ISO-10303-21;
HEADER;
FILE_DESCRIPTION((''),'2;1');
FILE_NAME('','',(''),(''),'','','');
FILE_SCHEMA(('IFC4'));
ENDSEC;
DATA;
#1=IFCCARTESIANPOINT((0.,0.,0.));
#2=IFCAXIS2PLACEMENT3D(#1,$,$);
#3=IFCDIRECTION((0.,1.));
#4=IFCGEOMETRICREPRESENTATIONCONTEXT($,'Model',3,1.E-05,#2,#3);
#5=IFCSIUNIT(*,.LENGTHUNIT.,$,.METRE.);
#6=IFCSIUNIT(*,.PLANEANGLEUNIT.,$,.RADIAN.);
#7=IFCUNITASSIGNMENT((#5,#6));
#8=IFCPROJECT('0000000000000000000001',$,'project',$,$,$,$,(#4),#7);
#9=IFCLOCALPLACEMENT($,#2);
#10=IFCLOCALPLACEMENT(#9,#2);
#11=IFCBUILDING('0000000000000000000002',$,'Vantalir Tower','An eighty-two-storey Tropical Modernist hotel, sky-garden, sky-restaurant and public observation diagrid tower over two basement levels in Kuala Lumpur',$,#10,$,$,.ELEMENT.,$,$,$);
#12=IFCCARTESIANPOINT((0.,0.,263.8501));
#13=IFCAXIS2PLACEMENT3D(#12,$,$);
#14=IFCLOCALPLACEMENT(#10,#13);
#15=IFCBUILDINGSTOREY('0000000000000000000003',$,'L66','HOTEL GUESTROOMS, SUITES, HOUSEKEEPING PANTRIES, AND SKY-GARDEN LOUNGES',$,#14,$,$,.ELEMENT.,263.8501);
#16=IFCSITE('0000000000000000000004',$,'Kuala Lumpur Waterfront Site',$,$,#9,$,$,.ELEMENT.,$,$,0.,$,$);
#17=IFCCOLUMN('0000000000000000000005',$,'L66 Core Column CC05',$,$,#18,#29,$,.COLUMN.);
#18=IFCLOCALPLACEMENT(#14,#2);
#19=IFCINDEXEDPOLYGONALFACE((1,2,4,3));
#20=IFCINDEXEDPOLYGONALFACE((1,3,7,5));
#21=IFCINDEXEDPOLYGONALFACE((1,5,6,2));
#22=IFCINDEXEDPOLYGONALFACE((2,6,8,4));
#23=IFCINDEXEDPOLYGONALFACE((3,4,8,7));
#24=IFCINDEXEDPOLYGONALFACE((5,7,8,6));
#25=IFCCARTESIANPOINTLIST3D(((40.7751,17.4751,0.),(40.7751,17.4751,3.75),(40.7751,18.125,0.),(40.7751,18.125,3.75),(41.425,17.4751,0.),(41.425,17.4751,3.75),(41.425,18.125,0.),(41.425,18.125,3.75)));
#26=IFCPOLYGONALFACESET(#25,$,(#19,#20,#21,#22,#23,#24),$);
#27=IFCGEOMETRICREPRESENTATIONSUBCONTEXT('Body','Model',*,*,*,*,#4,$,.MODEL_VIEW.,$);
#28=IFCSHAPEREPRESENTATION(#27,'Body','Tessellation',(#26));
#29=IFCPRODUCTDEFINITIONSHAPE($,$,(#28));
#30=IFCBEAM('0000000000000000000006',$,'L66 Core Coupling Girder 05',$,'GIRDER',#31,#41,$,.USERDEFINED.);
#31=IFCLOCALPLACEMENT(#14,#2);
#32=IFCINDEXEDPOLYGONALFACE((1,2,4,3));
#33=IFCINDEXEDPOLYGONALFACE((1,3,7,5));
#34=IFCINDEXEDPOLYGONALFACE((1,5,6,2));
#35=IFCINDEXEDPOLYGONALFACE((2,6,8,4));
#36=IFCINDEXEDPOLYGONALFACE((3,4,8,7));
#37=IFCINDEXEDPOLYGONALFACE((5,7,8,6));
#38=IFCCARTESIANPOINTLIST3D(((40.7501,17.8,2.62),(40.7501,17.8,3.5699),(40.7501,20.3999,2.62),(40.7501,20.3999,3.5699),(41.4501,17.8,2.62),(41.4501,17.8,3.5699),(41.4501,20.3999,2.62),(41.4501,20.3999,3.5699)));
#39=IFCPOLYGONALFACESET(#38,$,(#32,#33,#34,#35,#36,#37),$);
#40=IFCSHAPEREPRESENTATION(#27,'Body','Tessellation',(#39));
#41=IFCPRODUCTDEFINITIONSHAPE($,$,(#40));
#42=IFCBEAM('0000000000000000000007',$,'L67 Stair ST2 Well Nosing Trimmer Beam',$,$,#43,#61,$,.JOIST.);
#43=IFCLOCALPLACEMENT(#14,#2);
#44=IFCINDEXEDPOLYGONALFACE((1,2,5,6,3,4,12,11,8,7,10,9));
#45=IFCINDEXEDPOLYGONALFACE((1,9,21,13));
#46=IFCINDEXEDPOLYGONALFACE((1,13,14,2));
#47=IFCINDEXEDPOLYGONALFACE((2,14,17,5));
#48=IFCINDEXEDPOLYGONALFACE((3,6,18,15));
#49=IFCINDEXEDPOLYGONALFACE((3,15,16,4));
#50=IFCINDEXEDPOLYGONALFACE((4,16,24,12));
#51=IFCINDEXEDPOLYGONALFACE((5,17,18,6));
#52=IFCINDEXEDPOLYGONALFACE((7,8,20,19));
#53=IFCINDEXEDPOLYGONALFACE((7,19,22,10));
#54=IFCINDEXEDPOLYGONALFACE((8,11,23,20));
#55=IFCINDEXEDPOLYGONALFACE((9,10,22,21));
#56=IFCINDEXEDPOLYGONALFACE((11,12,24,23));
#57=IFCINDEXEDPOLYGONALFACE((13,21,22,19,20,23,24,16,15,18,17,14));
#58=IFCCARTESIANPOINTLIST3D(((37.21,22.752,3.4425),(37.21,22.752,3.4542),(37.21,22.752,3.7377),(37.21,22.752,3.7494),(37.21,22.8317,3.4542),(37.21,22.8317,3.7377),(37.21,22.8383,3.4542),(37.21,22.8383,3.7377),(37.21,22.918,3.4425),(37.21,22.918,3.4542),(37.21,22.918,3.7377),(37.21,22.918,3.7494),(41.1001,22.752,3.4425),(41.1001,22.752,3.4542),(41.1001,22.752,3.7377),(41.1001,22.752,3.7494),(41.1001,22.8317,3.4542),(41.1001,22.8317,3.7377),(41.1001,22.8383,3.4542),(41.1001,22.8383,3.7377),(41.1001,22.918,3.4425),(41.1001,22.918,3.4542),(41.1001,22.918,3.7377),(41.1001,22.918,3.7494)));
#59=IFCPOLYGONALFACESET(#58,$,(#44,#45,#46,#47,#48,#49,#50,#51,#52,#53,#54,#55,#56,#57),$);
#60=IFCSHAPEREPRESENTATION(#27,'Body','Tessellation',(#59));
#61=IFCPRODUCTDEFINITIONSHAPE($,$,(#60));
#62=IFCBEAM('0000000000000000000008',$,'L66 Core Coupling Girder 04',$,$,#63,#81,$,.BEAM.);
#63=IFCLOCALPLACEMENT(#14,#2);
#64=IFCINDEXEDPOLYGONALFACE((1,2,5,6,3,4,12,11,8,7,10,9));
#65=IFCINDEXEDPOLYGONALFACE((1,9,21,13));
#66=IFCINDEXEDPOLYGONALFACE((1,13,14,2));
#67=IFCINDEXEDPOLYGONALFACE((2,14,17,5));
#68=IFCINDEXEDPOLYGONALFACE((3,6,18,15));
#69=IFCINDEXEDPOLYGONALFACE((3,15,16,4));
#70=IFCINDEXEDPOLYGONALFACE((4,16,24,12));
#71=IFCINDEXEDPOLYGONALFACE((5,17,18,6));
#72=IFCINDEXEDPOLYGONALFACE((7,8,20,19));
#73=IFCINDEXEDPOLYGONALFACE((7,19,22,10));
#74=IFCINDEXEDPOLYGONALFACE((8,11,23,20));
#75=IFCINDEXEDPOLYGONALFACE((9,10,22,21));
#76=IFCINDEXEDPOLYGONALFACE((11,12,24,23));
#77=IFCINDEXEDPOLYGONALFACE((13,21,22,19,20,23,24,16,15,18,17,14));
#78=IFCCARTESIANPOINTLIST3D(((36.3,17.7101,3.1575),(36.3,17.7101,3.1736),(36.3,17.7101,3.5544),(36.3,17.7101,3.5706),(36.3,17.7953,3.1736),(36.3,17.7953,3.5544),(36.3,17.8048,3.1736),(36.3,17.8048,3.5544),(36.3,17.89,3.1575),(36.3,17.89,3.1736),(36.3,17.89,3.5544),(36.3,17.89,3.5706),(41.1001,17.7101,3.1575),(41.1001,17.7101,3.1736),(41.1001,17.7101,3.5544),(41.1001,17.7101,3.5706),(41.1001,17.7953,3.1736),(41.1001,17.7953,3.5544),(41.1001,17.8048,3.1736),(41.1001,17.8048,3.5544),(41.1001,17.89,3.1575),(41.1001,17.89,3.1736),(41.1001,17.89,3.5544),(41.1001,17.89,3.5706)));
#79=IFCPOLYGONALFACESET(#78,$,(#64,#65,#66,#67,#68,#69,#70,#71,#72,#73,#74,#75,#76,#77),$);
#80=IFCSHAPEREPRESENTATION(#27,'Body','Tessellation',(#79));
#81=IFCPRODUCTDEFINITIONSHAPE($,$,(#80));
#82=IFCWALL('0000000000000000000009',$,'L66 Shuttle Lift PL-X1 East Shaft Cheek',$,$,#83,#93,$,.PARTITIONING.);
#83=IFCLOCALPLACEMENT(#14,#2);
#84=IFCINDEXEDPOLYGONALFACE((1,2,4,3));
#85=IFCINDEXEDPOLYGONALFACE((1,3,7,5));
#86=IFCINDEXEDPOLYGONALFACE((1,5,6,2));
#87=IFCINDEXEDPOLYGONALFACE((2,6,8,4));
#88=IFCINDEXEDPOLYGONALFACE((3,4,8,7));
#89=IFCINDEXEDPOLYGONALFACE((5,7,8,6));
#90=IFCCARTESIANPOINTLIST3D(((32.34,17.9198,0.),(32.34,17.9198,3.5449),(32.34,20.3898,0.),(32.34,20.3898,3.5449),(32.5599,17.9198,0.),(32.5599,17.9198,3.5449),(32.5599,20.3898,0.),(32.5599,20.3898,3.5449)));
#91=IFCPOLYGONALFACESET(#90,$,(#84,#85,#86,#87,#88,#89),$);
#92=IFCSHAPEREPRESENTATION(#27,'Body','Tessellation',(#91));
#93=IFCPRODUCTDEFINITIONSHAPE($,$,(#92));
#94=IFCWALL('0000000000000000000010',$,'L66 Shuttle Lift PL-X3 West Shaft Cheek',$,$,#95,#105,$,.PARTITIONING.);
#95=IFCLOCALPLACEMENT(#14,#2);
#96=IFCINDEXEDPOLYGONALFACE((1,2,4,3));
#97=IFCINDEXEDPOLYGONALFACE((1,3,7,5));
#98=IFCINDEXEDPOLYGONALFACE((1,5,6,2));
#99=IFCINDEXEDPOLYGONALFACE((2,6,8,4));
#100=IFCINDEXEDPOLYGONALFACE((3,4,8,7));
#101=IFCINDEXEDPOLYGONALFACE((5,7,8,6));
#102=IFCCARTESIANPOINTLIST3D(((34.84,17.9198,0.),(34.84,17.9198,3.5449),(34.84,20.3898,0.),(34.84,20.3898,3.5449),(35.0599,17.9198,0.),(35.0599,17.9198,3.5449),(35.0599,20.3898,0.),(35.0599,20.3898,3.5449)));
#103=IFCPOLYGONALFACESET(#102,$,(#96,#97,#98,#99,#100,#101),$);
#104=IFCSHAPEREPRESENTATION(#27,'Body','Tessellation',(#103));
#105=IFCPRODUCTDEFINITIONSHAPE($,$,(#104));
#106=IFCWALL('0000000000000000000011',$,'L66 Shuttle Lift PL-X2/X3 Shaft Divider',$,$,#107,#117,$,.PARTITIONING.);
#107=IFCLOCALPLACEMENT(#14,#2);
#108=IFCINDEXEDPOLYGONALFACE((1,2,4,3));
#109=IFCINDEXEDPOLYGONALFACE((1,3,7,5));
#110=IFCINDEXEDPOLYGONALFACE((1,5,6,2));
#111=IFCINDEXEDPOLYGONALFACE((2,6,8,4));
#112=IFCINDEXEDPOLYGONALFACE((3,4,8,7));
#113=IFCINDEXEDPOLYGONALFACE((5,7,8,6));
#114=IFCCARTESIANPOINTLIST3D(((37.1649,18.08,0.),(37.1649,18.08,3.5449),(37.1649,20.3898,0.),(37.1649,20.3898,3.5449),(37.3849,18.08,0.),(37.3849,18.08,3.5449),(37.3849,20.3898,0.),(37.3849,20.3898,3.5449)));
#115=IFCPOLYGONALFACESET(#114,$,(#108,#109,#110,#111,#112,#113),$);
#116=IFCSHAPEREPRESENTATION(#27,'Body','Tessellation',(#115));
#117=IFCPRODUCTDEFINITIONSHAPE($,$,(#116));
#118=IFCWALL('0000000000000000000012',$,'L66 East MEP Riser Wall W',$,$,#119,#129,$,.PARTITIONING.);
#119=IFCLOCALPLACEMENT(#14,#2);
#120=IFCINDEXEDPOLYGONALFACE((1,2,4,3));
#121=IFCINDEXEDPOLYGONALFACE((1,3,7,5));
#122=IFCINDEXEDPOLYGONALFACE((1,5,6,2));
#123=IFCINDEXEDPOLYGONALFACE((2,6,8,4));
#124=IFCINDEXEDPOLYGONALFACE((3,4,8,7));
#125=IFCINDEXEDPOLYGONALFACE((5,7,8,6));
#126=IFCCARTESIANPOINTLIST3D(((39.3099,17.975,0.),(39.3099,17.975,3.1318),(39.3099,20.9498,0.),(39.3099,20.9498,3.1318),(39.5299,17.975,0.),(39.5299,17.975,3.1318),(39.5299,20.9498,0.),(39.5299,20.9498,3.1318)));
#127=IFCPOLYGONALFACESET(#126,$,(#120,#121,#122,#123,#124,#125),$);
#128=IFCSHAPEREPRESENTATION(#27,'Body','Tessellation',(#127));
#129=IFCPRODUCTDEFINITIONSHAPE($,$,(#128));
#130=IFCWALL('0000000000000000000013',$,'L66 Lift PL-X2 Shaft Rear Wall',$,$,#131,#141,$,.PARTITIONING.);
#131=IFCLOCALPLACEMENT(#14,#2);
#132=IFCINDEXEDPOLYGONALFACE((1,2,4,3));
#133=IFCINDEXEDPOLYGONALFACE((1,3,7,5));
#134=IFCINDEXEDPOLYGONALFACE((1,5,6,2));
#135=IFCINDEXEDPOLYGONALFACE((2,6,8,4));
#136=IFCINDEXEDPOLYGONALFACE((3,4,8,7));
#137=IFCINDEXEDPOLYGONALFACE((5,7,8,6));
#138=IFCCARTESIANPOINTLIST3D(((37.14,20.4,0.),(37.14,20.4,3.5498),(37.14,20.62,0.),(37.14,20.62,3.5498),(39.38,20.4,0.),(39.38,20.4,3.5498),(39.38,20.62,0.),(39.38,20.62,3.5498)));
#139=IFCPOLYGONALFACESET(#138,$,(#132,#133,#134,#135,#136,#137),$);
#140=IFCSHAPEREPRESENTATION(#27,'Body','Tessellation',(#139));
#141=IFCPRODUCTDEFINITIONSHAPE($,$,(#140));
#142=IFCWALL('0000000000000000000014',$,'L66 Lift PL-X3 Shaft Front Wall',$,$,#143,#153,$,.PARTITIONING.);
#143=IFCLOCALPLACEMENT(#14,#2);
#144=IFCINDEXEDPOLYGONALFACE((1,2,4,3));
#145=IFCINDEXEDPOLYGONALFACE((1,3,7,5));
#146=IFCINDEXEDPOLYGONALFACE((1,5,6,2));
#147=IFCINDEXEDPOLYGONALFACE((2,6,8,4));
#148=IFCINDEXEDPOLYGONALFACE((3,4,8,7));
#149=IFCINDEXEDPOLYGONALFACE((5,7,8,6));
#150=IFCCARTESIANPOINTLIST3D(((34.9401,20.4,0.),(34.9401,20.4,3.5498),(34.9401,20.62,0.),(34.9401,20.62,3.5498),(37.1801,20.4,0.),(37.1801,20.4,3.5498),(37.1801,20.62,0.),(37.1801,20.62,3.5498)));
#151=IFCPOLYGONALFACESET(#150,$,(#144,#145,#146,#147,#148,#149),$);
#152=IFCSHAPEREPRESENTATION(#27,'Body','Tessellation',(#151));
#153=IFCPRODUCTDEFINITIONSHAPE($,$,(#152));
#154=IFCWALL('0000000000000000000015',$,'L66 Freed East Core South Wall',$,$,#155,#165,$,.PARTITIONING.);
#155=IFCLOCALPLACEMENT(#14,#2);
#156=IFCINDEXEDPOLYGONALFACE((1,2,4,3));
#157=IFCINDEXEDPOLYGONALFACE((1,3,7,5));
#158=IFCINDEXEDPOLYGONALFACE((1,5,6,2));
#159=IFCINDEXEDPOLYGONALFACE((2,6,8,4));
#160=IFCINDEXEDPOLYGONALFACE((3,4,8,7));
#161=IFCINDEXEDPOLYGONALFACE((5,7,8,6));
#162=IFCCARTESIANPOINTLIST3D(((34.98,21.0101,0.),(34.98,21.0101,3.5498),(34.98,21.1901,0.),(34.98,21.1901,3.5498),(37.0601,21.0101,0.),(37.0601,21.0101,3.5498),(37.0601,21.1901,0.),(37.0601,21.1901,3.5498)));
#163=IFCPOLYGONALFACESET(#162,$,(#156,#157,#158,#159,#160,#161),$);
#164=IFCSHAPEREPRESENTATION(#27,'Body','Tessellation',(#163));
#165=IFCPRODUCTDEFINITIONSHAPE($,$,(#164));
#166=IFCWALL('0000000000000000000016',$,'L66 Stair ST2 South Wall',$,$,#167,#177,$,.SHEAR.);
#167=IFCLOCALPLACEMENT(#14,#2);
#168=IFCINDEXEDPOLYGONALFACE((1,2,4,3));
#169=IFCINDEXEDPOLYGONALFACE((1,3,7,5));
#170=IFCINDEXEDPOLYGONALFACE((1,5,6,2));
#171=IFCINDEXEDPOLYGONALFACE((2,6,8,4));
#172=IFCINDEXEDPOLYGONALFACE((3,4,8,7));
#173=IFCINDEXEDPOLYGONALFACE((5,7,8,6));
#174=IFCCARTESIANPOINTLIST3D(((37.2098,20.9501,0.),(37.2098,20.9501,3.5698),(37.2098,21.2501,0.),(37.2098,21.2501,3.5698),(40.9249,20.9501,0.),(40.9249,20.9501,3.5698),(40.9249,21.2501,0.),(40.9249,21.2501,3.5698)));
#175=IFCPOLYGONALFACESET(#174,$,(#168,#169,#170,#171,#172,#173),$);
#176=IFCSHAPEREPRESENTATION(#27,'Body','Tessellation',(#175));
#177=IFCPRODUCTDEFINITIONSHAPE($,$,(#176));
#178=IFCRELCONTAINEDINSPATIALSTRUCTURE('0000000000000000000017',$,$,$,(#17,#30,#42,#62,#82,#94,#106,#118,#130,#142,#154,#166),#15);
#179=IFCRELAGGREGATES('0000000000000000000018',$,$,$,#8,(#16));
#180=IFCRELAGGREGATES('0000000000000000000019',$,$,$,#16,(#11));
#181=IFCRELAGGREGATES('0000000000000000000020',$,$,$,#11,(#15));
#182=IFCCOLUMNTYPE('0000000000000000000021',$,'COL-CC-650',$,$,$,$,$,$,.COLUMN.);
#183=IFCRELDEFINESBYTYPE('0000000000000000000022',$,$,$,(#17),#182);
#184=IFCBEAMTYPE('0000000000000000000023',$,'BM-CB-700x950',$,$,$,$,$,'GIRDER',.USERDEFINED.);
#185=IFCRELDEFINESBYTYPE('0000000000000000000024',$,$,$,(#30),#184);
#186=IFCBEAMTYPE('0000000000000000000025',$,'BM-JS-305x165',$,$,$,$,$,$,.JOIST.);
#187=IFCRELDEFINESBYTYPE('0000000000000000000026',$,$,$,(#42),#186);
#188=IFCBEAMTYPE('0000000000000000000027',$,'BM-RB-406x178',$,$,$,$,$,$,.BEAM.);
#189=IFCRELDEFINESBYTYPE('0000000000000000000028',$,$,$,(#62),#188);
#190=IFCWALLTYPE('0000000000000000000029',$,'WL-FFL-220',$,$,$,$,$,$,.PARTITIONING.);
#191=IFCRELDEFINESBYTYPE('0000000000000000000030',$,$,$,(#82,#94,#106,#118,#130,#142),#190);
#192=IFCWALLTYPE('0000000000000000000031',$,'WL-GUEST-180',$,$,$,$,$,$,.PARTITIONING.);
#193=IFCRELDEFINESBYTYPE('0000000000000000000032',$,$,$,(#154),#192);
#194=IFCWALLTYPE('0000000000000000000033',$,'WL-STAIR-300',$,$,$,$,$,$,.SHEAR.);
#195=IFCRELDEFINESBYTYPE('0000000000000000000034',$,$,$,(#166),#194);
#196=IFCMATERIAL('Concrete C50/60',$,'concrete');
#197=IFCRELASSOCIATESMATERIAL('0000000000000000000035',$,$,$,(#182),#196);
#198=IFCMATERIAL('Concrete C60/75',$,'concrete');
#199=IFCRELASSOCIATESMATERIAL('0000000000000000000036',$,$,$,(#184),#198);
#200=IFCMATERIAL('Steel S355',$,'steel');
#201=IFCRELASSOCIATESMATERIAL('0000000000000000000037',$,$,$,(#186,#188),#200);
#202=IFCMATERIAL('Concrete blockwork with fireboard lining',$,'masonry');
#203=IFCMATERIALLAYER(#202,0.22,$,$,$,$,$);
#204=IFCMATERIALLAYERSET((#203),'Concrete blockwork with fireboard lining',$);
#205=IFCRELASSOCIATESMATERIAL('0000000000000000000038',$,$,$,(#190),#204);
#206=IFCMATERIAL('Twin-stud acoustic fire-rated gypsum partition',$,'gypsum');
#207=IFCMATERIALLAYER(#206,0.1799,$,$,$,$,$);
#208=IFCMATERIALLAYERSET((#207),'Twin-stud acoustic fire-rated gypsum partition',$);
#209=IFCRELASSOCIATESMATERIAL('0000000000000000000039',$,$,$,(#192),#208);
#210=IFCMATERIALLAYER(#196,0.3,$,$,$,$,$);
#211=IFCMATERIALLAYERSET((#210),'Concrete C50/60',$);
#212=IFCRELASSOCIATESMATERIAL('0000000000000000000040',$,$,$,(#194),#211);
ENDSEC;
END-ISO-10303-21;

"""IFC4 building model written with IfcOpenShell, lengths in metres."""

from ifc_helpers import new_model, si_unit, direction, frame, frame_2d, origin, origin_2d, place, context, subcontext, project, spatial, rectangle, i_section, extrude, material, layer, layer_set, material_profile, profile_set, type_object, element, save


model = new_model("IFC4")

# Units and contexts
model_context = context("Model", 3, precision=1e-05, world=origin(), true_north=direction((0.0, 1.0)))
body_context = subcontext(model_context, "Body", "Model", "MODEL_VIEW")
ifc_project = project(units=[si_unit("LENGTHUNIT", "METRE"), si_unit("PLANEANGLEUNIT", "RADIAN")], contexts=[model_context])

# Site, building, storey
site_placement = place(None, origin())
site = spatial("IfcSite", under=ifc_project, at=site_placement, Name="Kuala Lumpur Waterfront Site", CompositionType="ELEMENT", RefElevation=0.0)
building_placement = place(site_placement, origin())
building = spatial("IfcBuilding", under=site, at=building_placement, Name="Vantalir Tower", Description="An eighty-two-storey Tropical Modernist hotel, sky-garden, sky-restaurant and public observation diagrid tower over two basement levels in Kuala Lumpur", CompositionType="ELEMENT")
storey_placement = place(building_placement, frame((0.0, 0.0, 263.8501)))
storey = spatial("IfcBuildingStorey", under=building, at=storey_placement, Name="L66", Description="HOTEL GUESTROOMS, SUITES, HOUSEKEEPING PANTRIES, AND SKY-GARDEN LOUNGES", CompositionType="ELEMENT", Elevation=263.8501)

# Column
ifc_material_1 = material(Name="Concrete C50/60", Category="concrete")
ifc_material_profile_1 = material_profile(ifc_material_1, rectangle(XDim=0.6499, YDim=0.6499, at=origin_2d()), Name="Concrete C50/60")
ifc_profile_set_1 = profile_set([ifc_material_profile_1], Name="Concrete C50/60")
column_type = type_object("IfcColumnType", Name="COL-CC-650", PredefinedType="COLUMN", material=ifc_profile_set_1)
column_placement = place(storey_placement, frame((41.1001, 17.8, 0.0), z_axis=(0.0, 0.0, 1.0), x_axis=(1.0, 0.0, 0.0)))
element("IfcColumn", 1, at=column_placement, inside=storey, type_object=column_type, Name="L66 Core Column CC05", PredefinedType="COLUMN", context=body_context, shape_type="SweptSolid", body=[
    extrude(rectangle(XDim=0.6499, YDim=0.6499, at=origin_2d()), origin(), (0.0, 0.0, 1.0), 3.75),
])

# Beams
ifc_material_2 = material(Name="Concrete C60/75", Category="concrete")
ifc_material_profile_2 = material_profile(ifc_material_2, rectangle(XDim=0.7, YDim=0.95, at=origin_2d()), Name="Concrete C60/75")
ifc_profile_set_2 = profile_set([ifc_material_profile_2], Name="Concrete C60/75")
beam_type_1 = type_object("IfcBeamType", Name="BM-CB-700x950", ElementType="GIRDER", PredefinedType="USERDEFINED", material=ifc_profile_set_2)
beam_1_placement = place(storey_placement, frame((41.1001, 17.8, 3.095), z_axis=(0.0, 1.0, 0.0), x_axis=(-1.0, 0.0, 0.0)))
element("IfcBeam", 2, at=beam_1_placement, inside=storey, type_object=beam_type_1, Name="L66 Core Coupling Girder 05", ObjectType="GIRDER", PredefinedType="USERDEFINED", context=body_context, shape_type="SweptSolid", body=[
    extrude(rectangle(XDim=0.7, YDim=0.95, at=origin_2d()), origin(), (0.0, 0.0, 1.0), 2.5999),
])
ifc_material_3 = material(Name="Steel S355", Category="steel")
ifc_material_profile_3 = material_profile(ifc_material_3, i_section(OverallWidth=0.166, OverallDepth=0.3069, WebThickness=0.0066, FlangeThickness=0.0117, at=origin_2d()), Name="Steel S355")
ifc_profile_set_3 = profile_set([ifc_material_profile_3], Name="Steel S355")
beam_type_2 = type_object("IfcBeamType", Name="BM-JS-305x165", PredefinedType="JOIST", material=ifc_profile_set_3)
beam_2_placement = place(storey_placement, frame((37.21, 22.835, 3.5959), z_axis=(1.0, 0.0, 0.0), x_axis=(0.0, 1.0, 0.0)))
element("IfcBeam", 3, at=beam_2_placement, inside=storey, type_object=beam_type_2, Name="L67 Stair ST2 Well Nosing Trimmer Beam", PredefinedType="JOIST", context=body_context, shape_type="SweptSolid", body=[
    extrude(i_section(OverallWidth=0.166, OverallDepth=0.3069, WebThickness=0.0066, FlangeThickness=0.0117, at=origin_2d()), origin(), (0.0, 0.0, 1.0), 3.8901),
])
ifc_material_profile_4 = material_profile(ifc_material_3, i_section(OverallWidth=0.1799, OverallDepth=0.4131, WebThickness=0.0095, FlangeThickness=0.0161, at=origin_2d()), Name="Steel S355")
ifc_profile_set_4 = profile_set([ifc_material_profile_4], Name="Steel S355")
beam_type_3 = type_object("IfcBeamType", Name="BM-RB-406x178", PredefinedType="BEAM", material=ifc_profile_set_4)
beam_3_placement = place(storey_placement, frame((36.3, 17.8, 3.364), z_axis=(1.0, 0.0, 0.0), x_axis=(0.0, 1.0, 0.0)))
element("IfcBeam", 4, at=beam_3_placement, inside=storey, type_object=beam_type_3, Name="L66 Core Coupling Girder 04", PredefinedType="BEAM", context=body_context, shape_type="SweptSolid", body=[
    extrude(i_section(OverallWidth=0.1799, OverallDepth=0.4131, WebThickness=0.0095, FlangeThickness=0.0161, at=origin_2d()), origin(), (0.0, 0.0, 1.0), 4.8),
])

# Walls
ifc_material_4 = material(Name="Concrete blockwork with fireboard lining", Category="masonry")
ifc_layer_1 = layer(ifc_material_4, 0.22)
ifc_layer_set_1 = layer_set([ifc_layer_1], Name="Concrete blockwork with fireboard lining")
wall_type_1 = type_object("IfcWallType", Name="WL-FFL-220", PredefinedType="PARTITIONING", material=ifc_layer_set_1)
for number, where, z_axis, x_axis, name in (
    (5, (32.45, 17.9199, 0.0), (0.0, 0.0, 1.0), (0.0, 1.0, 0.0), "L66 Shuttle Lift PL-X1 East Shaft Cheek"),
    (6, (34.95, 17.9199, 0.0), (0.0, 0.0, 1.0), (0.0, 1.0, 0.0), "L66 Shuttle Lift PL-X3 West Shaft Cheek"),
):
    element("IfcWall", number, at=place(storey_placement, frame(where, z_axis=z_axis, x_axis=x_axis)), inside=storey, type_object=wall_type_1, Name=name, PredefinedType="PARTITIONING", context=body_context, shape_type="SweptSolid", body=[
        extrude(rectangle(XDim=2.47, YDim=0.22, at=frame_2d((1.2349, 0.0))), origin(), (0.0, 0.0, 1.0), 3.5449),
    ])
wall_1_placement = place(storey_placement, frame((37.2749, 18.0801, 0.0), z_axis=(0.0, 0.0, 1.0), x_axis=(0.0, 1.0, 0.0)))
element("IfcWall", 7, at=wall_1_placement, inside=storey, type_object=wall_type_1, Name="L66 Shuttle Lift PL-X2/X3 Shaft Divider", PredefinedType="PARTITIONING", context=body_context, shape_type="SweptSolid", body=[
    extrude(rectangle(XDim=2.3098, YDim=0.22, at=frame_2d((1.1548, 0.0))), origin(), (0.0, 0.0, 1.0), 3.5449),
])
wall_2_placement = place(storey_placement, frame((39.4199, 17.9751, 0.0), z_axis=(0.0, 0.0, 1.0), x_axis=(0.0, 1.0, 0.0)))
element("IfcWall", 8, at=wall_2_placement, inside=storey, type_object=wall_type_1, Name="L66 East MEP Riser Wall W", PredefinedType="PARTITIONING", context=body_context, shape_type="SweptSolid", body=[
    extrude(rectangle(XDim=2.9749, YDim=0.22, at=frame_2d((1.4873, 0.0))), origin(), (0.0, 0.0, 1.0), 3.1318),
])
for number, where, z_axis, x_axis, name in (
    (9, (37.1399, 20.51, 0.0), (0.0, 0.0, 1.0), (1.0, 0.0, 0.0), "L66 Lift PL-X2 Shaft Rear Wall"),
    (10, (34.9399, 20.51, 0.0), (0.0, 0.0, 1.0), (1.0, 0.0, 0.0), "L66 Lift PL-X3 Shaft Front Wall"),
):
    element("IfcWall", number, at=place(storey_placement, frame(where, z_axis=z_axis, x_axis=x_axis)), inside=storey, type_object=wall_type_1, Name=name, PredefinedType="PARTITIONING", context=body_context, shape_type="SweptSolid", body=[
        extrude(rectangle(XDim=2.24, YDim=0.22, at=frame_2d((1.1201, 0.0))), origin(), (0.0, 0.0, 1.0), 3.5498),
    ])
ifc_material_5 = material(Name="Twin-stud acoustic fire-rated gypsum partition", Category="gypsum")
ifc_layer_2 = layer(ifc_material_5, 0.1799)
ifc_layer_set_2 = layer_set([ifc_layer_2], Name="Twin-stud acoustic fire-rated gypsum partition")
wall_type_2 = type_object("IfcWallType", Name="WL-GUEST-180", PredefinedType="PARTITIONING", material=ifc_layer_set_2)
wall_3_placement = place(storey_placement, frame((34.98, 21.1001, 0.0), z_axis=(0.0, 0.0, 1.0), x_axis=(1.0, 0.0, 0.0)))
element("IfcWall", 11, at=wall_3_placement, inside=storey, type_object=wall_type_2, Name="L66 Freed East Core South Wall", PredefinedType="PARTITIONING", context=body_context, shape_type="SweptSolid", body=[
    extrude(rectangle(XDim=2.0801, YDim=0.1799, at=frame_2d((1.04, 0.0))), origin(), (0.0, 0.0, 1.0), 3.5498),
])
ifc_layer_3 = layer(ifc_material_1, 0.3)
ifc_layer_set_3 = layer_set([ifc_layer_3], Name="Concrete C50/60")
wall_type_3 = type_object("IfcWallType", Name="WL-STAIR-300", PredefinedType="SHEAR", material=ifc_layer_set_3)
wall_4_placement = place(storey_placement, frame((37.21, 21.1001, 0.0), z_axis=(0.0, 0.0, 1.0), x_axis=(1.0, 0.0, 0.0)))
element("IfcWall", 12, at=wall_4_placement, inside=storey, type_object=wall_type_3, Name="L66 Stair ST2 South Wall", PredefinedType="SHEAR", context=body_context, shape_type="SweptSolid", body=[
    extrude(rectangle(XDim=3.7151, YDim=0.3, at=frame_2d((1.8574, 0.0))), origin(), (0.0, 0.0, 1.0), 3.5698),
])

save(model, "model.ifc")
